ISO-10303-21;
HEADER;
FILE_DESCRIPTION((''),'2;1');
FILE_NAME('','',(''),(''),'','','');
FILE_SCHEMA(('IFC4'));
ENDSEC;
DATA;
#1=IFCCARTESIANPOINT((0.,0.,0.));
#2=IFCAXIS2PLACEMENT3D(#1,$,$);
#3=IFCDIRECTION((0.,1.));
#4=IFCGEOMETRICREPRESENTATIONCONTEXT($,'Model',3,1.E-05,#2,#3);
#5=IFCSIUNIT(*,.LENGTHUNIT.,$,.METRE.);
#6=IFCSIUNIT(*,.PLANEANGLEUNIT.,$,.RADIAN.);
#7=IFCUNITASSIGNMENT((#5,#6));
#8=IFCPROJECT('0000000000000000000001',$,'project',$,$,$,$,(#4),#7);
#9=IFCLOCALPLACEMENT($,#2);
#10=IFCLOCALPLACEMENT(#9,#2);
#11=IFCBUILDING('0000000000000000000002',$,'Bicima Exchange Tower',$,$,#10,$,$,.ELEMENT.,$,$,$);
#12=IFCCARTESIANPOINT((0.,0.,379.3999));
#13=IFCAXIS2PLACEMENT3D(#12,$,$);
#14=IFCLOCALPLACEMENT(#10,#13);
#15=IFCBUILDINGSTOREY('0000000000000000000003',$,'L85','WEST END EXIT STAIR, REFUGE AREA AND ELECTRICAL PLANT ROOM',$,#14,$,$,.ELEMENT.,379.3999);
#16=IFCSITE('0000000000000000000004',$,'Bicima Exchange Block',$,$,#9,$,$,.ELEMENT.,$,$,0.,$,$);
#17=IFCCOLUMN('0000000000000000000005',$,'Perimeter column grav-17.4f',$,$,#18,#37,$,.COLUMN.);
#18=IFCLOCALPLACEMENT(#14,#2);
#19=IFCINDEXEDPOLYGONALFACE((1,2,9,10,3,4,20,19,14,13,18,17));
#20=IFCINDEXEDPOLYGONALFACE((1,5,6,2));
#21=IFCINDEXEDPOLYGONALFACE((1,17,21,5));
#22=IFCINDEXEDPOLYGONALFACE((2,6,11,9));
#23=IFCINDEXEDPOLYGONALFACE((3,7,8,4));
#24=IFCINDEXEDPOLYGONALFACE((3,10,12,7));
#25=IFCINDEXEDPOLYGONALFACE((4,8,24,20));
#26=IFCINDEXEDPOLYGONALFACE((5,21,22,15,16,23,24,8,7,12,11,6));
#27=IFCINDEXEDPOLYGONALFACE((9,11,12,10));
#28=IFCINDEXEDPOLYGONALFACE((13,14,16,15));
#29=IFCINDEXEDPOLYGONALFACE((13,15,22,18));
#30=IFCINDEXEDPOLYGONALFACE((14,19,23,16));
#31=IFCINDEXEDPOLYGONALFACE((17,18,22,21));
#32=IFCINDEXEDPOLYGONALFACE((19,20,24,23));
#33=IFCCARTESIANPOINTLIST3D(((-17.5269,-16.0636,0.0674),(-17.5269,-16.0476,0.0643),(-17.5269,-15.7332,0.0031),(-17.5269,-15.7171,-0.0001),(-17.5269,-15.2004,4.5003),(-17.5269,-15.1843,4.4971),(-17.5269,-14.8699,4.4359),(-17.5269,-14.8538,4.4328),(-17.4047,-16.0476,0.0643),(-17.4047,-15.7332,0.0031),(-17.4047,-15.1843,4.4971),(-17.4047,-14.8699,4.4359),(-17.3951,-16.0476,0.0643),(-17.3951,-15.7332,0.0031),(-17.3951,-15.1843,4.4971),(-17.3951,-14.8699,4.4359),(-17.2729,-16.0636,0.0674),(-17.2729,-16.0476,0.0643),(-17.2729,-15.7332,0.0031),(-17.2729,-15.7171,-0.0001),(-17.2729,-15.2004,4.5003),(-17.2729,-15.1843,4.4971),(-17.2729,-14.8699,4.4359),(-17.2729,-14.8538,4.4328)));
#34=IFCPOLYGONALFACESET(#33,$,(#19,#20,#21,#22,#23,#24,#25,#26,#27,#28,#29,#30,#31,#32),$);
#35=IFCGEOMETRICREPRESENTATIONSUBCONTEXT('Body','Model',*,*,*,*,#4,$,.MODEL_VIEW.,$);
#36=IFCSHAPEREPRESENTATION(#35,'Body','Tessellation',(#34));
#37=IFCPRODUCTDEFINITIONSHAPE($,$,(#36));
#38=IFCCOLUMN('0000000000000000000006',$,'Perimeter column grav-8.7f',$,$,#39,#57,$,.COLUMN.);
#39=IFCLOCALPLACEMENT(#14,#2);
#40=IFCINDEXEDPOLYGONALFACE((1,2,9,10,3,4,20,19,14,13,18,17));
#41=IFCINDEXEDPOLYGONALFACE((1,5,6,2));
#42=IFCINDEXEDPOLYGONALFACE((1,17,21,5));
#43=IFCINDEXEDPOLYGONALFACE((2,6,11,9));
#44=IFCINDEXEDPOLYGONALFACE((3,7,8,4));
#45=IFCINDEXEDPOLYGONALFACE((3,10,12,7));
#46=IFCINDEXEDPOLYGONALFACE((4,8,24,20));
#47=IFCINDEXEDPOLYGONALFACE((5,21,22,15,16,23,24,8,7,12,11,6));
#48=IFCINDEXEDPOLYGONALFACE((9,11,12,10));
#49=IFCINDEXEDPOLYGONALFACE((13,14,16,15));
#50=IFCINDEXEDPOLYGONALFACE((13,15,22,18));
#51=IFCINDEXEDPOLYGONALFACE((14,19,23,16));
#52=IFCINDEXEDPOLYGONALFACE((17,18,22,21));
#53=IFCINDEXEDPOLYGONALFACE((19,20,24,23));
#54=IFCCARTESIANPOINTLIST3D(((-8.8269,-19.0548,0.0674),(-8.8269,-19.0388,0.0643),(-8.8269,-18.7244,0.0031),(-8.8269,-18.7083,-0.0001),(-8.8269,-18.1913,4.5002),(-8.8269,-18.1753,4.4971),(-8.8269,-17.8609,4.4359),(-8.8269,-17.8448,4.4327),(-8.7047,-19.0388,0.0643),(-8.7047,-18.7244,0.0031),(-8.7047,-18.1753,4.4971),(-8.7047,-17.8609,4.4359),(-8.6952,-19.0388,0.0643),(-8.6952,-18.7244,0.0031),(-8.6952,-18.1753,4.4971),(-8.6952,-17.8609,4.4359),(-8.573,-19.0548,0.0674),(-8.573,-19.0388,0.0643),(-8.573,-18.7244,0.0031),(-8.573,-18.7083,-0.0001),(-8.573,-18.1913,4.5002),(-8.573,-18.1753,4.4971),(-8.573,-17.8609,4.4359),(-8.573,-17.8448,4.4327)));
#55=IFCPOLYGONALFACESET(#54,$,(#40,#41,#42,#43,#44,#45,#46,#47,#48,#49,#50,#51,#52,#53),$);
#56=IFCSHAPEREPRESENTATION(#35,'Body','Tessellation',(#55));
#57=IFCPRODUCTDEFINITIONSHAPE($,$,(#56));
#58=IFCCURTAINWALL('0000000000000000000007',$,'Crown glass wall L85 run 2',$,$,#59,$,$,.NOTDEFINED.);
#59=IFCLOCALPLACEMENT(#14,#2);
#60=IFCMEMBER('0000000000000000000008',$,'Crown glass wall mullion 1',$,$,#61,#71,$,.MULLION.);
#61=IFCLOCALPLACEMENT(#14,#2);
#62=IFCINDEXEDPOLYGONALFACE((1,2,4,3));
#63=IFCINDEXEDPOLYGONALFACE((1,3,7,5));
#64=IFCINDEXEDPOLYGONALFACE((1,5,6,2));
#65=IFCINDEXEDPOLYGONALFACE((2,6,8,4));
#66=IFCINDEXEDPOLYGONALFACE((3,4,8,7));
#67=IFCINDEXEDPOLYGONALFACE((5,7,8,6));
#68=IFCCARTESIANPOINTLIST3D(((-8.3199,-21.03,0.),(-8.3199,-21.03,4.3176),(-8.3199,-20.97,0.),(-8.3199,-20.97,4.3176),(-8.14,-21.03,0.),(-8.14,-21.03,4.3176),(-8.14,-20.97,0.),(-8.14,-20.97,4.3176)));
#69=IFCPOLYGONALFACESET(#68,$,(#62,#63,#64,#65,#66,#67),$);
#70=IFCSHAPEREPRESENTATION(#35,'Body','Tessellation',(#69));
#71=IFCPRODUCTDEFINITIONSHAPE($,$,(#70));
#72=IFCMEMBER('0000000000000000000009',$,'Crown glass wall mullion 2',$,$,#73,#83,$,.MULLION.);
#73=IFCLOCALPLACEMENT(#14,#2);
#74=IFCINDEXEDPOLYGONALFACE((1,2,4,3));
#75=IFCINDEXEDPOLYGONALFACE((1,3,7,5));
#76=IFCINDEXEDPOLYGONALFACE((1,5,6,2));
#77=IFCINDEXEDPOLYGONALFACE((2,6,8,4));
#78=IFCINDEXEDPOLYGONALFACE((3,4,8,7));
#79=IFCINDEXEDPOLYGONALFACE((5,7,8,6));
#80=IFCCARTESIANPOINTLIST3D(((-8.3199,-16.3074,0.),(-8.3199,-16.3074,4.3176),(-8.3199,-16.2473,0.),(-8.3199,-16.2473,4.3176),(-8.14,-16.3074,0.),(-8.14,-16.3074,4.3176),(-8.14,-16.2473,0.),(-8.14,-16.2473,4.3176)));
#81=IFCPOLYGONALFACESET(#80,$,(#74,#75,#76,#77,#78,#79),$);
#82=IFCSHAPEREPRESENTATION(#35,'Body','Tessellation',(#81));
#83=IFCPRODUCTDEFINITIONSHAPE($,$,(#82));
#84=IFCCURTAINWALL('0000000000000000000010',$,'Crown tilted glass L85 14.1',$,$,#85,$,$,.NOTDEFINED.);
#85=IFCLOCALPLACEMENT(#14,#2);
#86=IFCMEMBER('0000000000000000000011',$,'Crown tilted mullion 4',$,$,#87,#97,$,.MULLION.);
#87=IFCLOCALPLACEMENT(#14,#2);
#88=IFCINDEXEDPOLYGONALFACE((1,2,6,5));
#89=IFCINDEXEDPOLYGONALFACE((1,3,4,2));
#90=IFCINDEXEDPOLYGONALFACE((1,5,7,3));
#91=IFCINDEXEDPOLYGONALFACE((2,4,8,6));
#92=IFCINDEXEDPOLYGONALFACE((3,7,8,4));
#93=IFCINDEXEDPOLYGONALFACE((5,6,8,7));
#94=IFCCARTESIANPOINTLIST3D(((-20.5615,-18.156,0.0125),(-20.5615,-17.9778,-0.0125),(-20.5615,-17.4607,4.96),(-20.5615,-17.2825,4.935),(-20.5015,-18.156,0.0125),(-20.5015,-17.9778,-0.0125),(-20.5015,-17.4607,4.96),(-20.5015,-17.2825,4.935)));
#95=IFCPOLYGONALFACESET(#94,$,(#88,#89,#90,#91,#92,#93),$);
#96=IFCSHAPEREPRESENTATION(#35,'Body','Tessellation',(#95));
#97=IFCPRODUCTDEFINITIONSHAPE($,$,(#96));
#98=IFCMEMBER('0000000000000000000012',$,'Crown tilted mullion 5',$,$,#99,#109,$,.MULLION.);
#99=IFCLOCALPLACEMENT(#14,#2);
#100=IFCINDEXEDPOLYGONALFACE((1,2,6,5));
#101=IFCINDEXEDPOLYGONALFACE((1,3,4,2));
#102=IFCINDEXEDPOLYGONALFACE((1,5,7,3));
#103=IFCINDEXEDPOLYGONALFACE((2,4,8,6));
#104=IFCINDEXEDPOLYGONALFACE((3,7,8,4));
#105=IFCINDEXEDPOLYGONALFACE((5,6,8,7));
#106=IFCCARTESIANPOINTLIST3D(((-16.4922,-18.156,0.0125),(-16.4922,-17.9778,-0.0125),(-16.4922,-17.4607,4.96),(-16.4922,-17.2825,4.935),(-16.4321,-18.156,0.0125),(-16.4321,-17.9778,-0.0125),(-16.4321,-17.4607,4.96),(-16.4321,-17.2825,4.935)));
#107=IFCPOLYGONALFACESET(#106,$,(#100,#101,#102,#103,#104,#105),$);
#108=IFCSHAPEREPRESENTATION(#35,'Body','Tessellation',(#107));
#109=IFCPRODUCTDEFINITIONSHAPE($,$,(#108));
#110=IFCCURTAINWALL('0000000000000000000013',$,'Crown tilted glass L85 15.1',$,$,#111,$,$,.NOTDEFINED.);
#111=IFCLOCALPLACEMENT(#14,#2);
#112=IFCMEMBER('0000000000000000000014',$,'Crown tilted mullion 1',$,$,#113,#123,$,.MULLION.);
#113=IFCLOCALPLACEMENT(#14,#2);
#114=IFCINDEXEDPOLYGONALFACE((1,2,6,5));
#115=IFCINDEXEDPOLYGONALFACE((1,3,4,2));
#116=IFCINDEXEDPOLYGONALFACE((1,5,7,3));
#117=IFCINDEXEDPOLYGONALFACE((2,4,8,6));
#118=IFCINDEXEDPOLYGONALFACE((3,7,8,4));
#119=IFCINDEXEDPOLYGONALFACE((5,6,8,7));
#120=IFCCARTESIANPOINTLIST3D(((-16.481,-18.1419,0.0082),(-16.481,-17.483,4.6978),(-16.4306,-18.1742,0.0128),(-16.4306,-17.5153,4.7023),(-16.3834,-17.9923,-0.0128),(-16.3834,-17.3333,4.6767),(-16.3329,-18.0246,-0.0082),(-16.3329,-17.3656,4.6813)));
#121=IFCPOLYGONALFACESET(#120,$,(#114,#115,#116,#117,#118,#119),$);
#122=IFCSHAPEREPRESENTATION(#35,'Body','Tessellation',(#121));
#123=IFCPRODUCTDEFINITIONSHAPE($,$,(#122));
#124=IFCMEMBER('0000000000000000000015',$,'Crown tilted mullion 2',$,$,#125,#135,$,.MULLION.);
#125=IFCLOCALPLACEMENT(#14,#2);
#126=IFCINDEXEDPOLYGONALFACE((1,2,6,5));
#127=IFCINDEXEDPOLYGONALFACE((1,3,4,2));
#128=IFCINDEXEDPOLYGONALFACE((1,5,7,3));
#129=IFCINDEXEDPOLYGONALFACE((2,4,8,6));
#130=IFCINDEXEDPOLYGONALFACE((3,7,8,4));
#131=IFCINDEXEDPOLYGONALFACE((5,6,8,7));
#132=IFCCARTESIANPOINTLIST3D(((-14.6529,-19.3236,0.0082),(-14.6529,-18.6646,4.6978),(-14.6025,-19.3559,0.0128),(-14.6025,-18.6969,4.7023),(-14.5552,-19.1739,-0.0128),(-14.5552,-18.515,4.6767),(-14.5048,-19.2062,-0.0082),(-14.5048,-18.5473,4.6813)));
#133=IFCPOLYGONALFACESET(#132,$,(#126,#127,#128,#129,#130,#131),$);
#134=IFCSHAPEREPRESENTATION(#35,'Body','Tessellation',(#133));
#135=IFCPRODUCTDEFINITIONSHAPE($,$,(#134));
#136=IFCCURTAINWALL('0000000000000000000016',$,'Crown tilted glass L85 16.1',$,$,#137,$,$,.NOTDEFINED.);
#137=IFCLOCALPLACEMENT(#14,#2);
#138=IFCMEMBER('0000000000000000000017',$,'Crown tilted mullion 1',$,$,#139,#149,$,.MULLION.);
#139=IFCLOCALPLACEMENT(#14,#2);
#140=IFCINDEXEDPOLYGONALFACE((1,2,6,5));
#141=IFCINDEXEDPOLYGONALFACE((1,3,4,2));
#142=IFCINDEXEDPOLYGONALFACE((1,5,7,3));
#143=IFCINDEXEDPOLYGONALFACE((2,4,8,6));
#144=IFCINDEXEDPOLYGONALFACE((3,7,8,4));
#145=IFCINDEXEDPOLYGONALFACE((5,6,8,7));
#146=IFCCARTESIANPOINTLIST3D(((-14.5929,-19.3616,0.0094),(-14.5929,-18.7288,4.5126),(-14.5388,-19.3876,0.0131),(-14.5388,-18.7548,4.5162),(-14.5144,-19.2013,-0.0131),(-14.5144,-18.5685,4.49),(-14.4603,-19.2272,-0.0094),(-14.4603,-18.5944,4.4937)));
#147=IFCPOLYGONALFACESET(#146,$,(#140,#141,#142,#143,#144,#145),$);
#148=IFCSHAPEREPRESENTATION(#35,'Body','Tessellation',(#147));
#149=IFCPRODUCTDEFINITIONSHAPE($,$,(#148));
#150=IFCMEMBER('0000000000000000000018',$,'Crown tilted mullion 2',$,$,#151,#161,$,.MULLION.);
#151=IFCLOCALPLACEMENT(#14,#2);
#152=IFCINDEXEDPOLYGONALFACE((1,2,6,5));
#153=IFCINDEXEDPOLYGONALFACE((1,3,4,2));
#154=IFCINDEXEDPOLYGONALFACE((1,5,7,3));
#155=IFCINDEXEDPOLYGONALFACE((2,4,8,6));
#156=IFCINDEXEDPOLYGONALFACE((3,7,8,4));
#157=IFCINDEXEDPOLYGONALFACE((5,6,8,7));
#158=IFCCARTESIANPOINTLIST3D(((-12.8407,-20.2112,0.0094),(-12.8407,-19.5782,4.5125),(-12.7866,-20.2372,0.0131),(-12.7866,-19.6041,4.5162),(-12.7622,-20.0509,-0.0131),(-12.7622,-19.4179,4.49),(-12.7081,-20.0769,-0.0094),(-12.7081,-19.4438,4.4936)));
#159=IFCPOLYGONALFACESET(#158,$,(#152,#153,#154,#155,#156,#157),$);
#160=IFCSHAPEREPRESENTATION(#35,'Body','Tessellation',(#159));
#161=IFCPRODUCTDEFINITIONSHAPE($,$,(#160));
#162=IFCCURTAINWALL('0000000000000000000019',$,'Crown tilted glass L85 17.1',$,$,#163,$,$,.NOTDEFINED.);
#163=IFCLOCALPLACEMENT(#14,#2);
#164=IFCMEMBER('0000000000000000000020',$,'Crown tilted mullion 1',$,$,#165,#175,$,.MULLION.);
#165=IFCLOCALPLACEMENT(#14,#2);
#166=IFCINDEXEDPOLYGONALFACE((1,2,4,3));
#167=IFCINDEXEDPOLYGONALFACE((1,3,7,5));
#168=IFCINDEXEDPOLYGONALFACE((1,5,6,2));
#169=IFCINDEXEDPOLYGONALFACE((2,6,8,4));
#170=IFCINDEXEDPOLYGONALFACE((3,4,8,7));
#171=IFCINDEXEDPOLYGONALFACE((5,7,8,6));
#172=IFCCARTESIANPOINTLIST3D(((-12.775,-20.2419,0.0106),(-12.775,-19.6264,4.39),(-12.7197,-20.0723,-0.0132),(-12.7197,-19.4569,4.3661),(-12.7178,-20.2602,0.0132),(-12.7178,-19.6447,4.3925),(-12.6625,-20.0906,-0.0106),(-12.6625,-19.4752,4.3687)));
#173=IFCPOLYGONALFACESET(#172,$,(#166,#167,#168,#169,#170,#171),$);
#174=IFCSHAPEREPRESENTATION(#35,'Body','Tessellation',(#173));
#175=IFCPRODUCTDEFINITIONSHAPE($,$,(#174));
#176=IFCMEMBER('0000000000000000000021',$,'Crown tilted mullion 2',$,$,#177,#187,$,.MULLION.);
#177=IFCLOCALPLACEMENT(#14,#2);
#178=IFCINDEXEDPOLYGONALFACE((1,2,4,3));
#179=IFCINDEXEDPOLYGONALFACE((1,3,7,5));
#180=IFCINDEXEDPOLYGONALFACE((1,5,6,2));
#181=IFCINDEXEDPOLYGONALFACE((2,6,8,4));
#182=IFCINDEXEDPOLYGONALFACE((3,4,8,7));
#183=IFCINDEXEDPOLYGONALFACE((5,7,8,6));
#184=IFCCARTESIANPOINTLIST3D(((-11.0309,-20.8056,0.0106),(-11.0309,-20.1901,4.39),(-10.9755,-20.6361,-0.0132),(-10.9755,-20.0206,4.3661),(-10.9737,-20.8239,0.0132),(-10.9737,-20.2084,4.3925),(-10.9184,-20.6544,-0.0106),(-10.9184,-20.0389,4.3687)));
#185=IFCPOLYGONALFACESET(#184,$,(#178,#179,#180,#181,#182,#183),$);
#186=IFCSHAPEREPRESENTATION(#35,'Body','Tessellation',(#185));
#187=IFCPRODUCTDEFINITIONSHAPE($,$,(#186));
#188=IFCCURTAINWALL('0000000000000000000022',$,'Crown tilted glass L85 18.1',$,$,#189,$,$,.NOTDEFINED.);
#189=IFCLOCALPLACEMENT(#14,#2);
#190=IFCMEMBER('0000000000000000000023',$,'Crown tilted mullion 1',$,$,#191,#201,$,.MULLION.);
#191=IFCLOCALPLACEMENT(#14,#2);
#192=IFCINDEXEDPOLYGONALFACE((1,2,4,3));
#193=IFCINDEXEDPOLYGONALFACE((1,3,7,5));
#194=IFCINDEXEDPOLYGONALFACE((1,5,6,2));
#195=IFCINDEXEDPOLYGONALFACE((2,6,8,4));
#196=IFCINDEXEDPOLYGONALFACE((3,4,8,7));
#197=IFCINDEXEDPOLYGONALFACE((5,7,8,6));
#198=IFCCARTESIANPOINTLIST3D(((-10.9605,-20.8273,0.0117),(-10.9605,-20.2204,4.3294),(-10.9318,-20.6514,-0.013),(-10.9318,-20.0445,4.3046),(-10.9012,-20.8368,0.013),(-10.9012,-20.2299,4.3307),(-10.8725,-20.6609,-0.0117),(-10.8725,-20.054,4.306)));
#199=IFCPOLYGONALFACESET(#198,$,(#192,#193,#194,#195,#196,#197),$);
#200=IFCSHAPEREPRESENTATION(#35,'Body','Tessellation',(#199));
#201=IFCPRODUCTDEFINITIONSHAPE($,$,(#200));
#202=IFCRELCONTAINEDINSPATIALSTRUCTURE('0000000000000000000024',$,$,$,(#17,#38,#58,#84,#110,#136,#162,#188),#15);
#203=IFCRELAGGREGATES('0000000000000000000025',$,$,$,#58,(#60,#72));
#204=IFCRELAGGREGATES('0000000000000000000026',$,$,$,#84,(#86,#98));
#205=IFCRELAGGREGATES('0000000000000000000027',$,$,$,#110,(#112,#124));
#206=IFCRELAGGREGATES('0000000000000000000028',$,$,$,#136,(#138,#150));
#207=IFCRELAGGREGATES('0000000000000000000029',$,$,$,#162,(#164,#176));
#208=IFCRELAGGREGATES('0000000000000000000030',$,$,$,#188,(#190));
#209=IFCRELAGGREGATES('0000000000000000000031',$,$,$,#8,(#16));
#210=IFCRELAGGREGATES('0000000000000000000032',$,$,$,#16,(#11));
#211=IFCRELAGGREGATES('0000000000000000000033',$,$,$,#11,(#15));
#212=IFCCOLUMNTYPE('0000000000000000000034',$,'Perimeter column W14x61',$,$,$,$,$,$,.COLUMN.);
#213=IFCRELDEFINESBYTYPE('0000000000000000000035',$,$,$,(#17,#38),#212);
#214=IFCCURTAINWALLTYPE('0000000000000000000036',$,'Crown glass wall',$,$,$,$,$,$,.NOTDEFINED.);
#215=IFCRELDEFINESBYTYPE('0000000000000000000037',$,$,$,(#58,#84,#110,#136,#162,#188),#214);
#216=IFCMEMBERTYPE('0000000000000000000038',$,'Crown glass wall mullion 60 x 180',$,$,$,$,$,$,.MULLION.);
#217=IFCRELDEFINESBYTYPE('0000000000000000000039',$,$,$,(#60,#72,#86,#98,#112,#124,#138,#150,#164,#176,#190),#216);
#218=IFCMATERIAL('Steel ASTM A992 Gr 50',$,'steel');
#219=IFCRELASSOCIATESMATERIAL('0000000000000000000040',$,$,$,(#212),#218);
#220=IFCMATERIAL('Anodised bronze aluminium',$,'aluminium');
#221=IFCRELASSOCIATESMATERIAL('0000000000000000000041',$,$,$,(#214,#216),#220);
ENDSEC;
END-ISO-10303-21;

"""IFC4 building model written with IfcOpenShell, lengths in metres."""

from ifc_helpers import new_model, si_unit, direction, frame, origin, origin_2d, place, context, subcontext, project, spatial, rectangle, i_section, extrude, material, material_profile, profile_set, type_object, element, aggregate, save


model = new_model("IFC4")

# Units and contexts
model_context = context("Model", 3, precision=1e-05, world=origin(), true_north=direction((0.0, 1.0)))
body_context = subcontext(model_context, "Body", "Model", "MODEL_VIEW")
ifc_project = project(units=[si_unit("LENGTHUNIT", "METRE"), si_unit("PLANEANGLEUNIT", "RADIAN")], contexts=[model_context])

# Site, building, storey
site_placement = place(None, origin())
site = spatial("IfcSite", under=ifc_project, at=site_placement, Name="Bicima Exchange Block", CompositionType="ELEMENT", RefElevation=0.0)
building_placement = place(site_placement, origin())
building = spatial("IfcBuilding", under=site, at=building_placement, Name="Bicima Exchange Tower", CompositionType="ELEMENT")
storey_placement = place(building_placement, frame((0.0, 0.0, 379.3999)))
storey = spatial("IfcBuildingStorey", under=building, at=storey_placement, Name="L85", Description="WEST END EXIT STAIR, REFUGE AREA AND ELECTRICAL PLANT ROOM", CompositionType="ELEMENT", Elevation=379.3999)

# Columns
ifc_material_1 = material(Name="Steel ASTM A992 Gr 50", Category="steel")
ifc_material_profile_1 = material_profile(ifc_material_1, i_section(OverallWidth=0.2539, OverallDepth=0.353, WebThickness=0.0095, FlangeThickness=0.0164, at=origin_2d()))
ifc_profile_set_1 = profile_set([ifc_material_profile_1], Name="Steel ASTM A992 Gr 50")
column_type = type_object("IfcColumnType", Name="Perimeter column W14x61", PredefinedType="COLUMN", material=ifc_profile_set_1)
for number, where, z_axis, x_axis, name in (
    (1, (-17.3999, -15.8904, 0.0337), (0.0, 0.191155, 0.98156), (-1.0, 0.0, 0.0), "Perimeter column grav-17.4f"),
    (2, (-8.7, -18.8816, 0.0337), (0.0, 0.191207, 0.98155), (-1.0, 0.0, 0.0), "Perimeter column grav-8.7f"),
):
    element("IfcColumn", number, at=place(storey_placement, frame(where, z_axis=z_axis, x_axis=x_axis)), inside=storey, type_object=column_type, Name=name, PredefinedType="COLUMN", context=body_context, shape_type="SweptSolid", body=[
        extrude(i_section(OverallWidth=0.2539, OverallDepth=0.353, WebThickness=0.0095, FlangeThickness=0.0164, at=origin_2d()), origin(), (0.0, 0.0, 1.0), 4.5161),
    ])

# Curtain walls, members
ifc_material_2 = material(Name="Anodised bronze aluminium", Category="aluminium")
curtain_wall_type = type_object("IfcCurtainWallType", Name="Crown glass wall", PredefinedType="NOTDEFINED", material=ifc_material_2)
curtain_wall_1_placement = place(storey_placement, origin())
curtain_wall_1 = element("IfcCurtainWall", 3, at=curtain_wall_1_placement, inside=storey, type_object=curtain_wall_type, Name="Crown glass wall L85 run 2", PredefinedType="NOTDEFINED")
ifc_material_profile_2 = material_profile(ifc_material_2, rectangle(XDim=0.1799, YDim=0.0601, at=origin_2d()))
ifc_profile_set_2 = profile_set([ifc_material_profile_2], Name="Anodised bronze aluminium")
member_type_1 = type_object("IfcMemberType", Name="Crown glass wall mullion 60 x 180", PredefinedType="MULLION", material=ifc_profile_set_2)
member_1_placement = place(storey_placement, frame((-8.23, -21.0, 0.0), z_axis=(0.0, 0.0, 1.0), x_axis=(-1.0, 0.0, 0.0)))
member_1 = element("IfcMember", 4, at=member_1_placement, type_object=member_type_1, Name="Crown glass wall mullion 1", PredefinedType="MULLION", context=body_context, shape_type="SweptSolid", body=[
    extrude(rectangle(XDim=0.1799, YDim=0.0601, at=origin_2d()), origin(), (0.0, 0.0, 1.0), 4.3176),
])
member_2_placement = place(storey_placement, frame((-8.23, -16.2773, 0.0), z_axis=(0.0, 0.0, 1.0), x_axis=(-1.0, 0.0, 0.0)))
member_2 = element("IfcMember", 5, at=member_2_placement, type_object=member_type_1, Name="Crown glass wall mullion 2", PredefinedType="MULLION", context=body_context, shape_type="SweptSolid", body=[
    extrude(rectangle(XDim=0.1799, YDim=0.0601, at=origin_2d()), origin(), (0.0, 0.0, 1.0), 4.3176),
])
curtain_wall_2_placement = place(storey_placement, origin())
curtain_wall_2 = element("IfcCurtainWall", 6, at=curtain_wall_2_placement, inside=storey, type_object=curtain_wall_type, Name="Crown tilted glass L85 14.1", PredefinedType="NOTDEFINED")
member_3_placement = place(storey_placement, frame((-20.5315, -18.0669, 0.0), z_axis=(0.0, 0.13917, 0.990268), x_axis=(0.0, -0.990268, 0.13917)))
member_3 = element("IfcMember", 7, at=member_3_placement, type_object=member_type_1, Name="Crown tilted mullion 4", PredefinedType="MULLION", context=body_context, shape_type="SweptSolid", body=[
    extrude(rectangle(XDim=0.1799, YDim=0.0601, at=origin_2d()), origin(), (0.0, 0.0, 1.0), 4.9961),
])
member_4_placement = place(storey_placement, frame((-16.4622, -18.0669, 0.0), z_axis=(0.0, 0.13917, 0.990268), x_axis=(0.0, -0.990268, 0.13917)))
member_4 = element("IfcMember", 8, at=member_4_placement, type_object=member_type_1, Name="Crown tilted mullion 5", PredefinedType="MULLION", context=body_context, shape_type="SweptSolid", body=[
    extrude(rectangle(XDim=0.1799, YDim=0.0601, at=origin_2d()), origin(), (0.0, 0.0, 1.0), 4.9961),
])
curtain_wall_3_placement = place(storey_placement, origin())
curtain_wall_3 = element("IfcCurtainWall", 9, at=curtain_wall_3_placement, inside=storey, type_object=curtain_wall_type, Name="Crown tilted glass L85 15.1", PredefinedType="NOTDEFINED")
member_5_placement = place(storey_placement, frame((-16.407, -18.0833, 0.0), z_axis=(0.0, 0.139147, 0.990272), x_axis=(-0.542878, -0.831641, 0.116858)))
member_5 = element("IfcMember", 10, at=member_5_placement, type_object=member_type_1, Name="Crown tilted mullion 1", PredefinedType="MULLION", context=body_context, shape_type="SweptSolid", body=[
    extrude(rectangle(XDim=0.1799, YDim=0.0601, at=origin_2d()), origin(), (0.0, 0.0, 1.0), 4.7356),
])
member_6_placement = place(storey_placement, frame((-14.5789, -19.2649, 0.0), z_axis=(0.0, 0.139147, 0.990272), x_axis=(-0.542878, -0.831641, 0.116858)))
member_6 = element("IfcMember", 11, at=member_6_placement, type_object=member_type_1, Name="Crown tilted mullion 2", PredefinedType="MULLION", context=body_context, shape_type="SweptSolid", body=[
    extrude(rectangle(XDim=0.1799, YDim=0.0601, at=origin_2d()), origin(), (0.0, 0.0, 1.0), 4.7356),
])
curtain_wall_4_placement = place(storey_placement, origin())
curtain_wall_4 = element("IfcCurtainWall", 12, at=curtain_wall_4_placement, inside=storey, type_object=curtain_wall_type, Name="Crown tilted glass L85 16.1", PredefinedType="NOTDEFINED")
member_7_placement = place(storey_placement, frame((-14.5266, -19.2944, 0.0), z_axis=(0.0, 0.139159, 0.99027), x_axis=(-0.436265, -0.891063, 0.125217)))
member_7 = element("IfcMember", 13, at=member_7_placement, type_object=member_type_1, Name="Crown tilted mullion 1", PredefinedType="MULLION", context=body_context, shape_type="SweptSolid", body=[
    extrude(rectangle(XDim=0.1799, YDim=0.0601, at=origin_2d()), origin(), (0.0, 0.0, 1.0), 4.5474),
])
member_8_placement = place(storey_placement, frame((-12.7744, -20.144, 0.0), z_axis=(0.0, 0.139211, 0.990263), x_axis=(-0.436265, -0.891057, 0.125265)))
member_8 = element("IfcMember", 14, at=member_8_placement, type_object=member_type_1, Name="Crown tilted mullion 2", PredefinedType="MULLION", context=body_context, shape_type="SweptSolid", body=[
    extrude(rectangle(XDim=0.1799, YDim=0.0601, at=origin_2d()), origin(), (0.0, 0.0, 1.0), 4.5474),
])
curtain_wall_5_placement = place(storey_placement, origin())
curtain_wall_5 = element("IfcCurtainWall", 15, at=curtain_wall_5_placement, inside=storey, type_object=curtain_wall_type, Name="Crown tilted glass L85 17.1", PredefinedType="NOTDEFINED")
member_9_placement = place(storey_placement, frame((-12.7188, -20.1663, 0.0), z_axis=(0.0, 0.139172, 0.990268), x_axis=(-0.307573, -0.942265, 0.132426)))
member_9 = element("IfcMember", 16, at=member_9_placement, type_object=member_type_1, Name="Crown tilted mullion 1", PredefinedType="MULLION", context=body_context, shape_type="SweptSolid", body=[
    extrude(rectangle(XDim=0.1799, YDim=0.0601, at=origin_2d()), origin(), (0.0, 0.0, 1.0), 4.4224),
])
member_10_placement = place(storey_placement, frame((-10.9746, -20.73, 0.0), z_axis=(0.0, 0.139172, 0.990268), x_axis=(-0.307573, -0.942265, 0.132426)))
member_10 = element("IfcMember", 17, at=member_10_placement, type_object=member_type_1, Name="Crown tilted mullion 2", PredefinedType="MULLION", context=body_context, shape_type="SweptSolid", body=[
    extrude(rectangle(XDim=0.1799, YDim=0.0601, at=origin_2d()), origin(), (0.0, 0.0, 1.0), 4.4224),
])
curtain_wall_6_placement = place(storey_placement, origin())
curtain_wall_6 = element("IfcCurtainWall", 18, at=curtain_wall_6_placement, inside=storey, type_object=curtain_wall_type, Name="Crown tilted glass L85 18.1", PredefinedType="NOTDEFINED")
member_11_placement = place(storey_placement, frame((-10.9165, -20.7441, 0.0), z_axis=(0.0, 0.139202, 0.990264), x_axis=(-0.15955, -0.977578, 0.137419)))
member_11 = element("IfcMember", 19, at=member_11_placement, type_object=member_type_1, Name="Crown tilted mullion 1", PredefinedType="MULLION", context=body_context, shape_type="SweptSolid", body=[
    extrude(rectangle(XDim=0.1799, YDim=0.0601, at=origin_2d()), origin(), (0.0, 0.0, 1.0), 4.3601),
])

aggregate(curtain_wall_1, [member_1, member_2])
aggregate(curtain_wall_2, [member_3, member_4])
aggregate(curtain_wall_3, [member_5, member_6])
aggregate(curtain_wall_4, [member_7, member_8])
aggregate(curtain_wall_5, [member_9, member_10])
aggregate(curtain_wall_6, [member_11])

save(model, "model.ifc")
